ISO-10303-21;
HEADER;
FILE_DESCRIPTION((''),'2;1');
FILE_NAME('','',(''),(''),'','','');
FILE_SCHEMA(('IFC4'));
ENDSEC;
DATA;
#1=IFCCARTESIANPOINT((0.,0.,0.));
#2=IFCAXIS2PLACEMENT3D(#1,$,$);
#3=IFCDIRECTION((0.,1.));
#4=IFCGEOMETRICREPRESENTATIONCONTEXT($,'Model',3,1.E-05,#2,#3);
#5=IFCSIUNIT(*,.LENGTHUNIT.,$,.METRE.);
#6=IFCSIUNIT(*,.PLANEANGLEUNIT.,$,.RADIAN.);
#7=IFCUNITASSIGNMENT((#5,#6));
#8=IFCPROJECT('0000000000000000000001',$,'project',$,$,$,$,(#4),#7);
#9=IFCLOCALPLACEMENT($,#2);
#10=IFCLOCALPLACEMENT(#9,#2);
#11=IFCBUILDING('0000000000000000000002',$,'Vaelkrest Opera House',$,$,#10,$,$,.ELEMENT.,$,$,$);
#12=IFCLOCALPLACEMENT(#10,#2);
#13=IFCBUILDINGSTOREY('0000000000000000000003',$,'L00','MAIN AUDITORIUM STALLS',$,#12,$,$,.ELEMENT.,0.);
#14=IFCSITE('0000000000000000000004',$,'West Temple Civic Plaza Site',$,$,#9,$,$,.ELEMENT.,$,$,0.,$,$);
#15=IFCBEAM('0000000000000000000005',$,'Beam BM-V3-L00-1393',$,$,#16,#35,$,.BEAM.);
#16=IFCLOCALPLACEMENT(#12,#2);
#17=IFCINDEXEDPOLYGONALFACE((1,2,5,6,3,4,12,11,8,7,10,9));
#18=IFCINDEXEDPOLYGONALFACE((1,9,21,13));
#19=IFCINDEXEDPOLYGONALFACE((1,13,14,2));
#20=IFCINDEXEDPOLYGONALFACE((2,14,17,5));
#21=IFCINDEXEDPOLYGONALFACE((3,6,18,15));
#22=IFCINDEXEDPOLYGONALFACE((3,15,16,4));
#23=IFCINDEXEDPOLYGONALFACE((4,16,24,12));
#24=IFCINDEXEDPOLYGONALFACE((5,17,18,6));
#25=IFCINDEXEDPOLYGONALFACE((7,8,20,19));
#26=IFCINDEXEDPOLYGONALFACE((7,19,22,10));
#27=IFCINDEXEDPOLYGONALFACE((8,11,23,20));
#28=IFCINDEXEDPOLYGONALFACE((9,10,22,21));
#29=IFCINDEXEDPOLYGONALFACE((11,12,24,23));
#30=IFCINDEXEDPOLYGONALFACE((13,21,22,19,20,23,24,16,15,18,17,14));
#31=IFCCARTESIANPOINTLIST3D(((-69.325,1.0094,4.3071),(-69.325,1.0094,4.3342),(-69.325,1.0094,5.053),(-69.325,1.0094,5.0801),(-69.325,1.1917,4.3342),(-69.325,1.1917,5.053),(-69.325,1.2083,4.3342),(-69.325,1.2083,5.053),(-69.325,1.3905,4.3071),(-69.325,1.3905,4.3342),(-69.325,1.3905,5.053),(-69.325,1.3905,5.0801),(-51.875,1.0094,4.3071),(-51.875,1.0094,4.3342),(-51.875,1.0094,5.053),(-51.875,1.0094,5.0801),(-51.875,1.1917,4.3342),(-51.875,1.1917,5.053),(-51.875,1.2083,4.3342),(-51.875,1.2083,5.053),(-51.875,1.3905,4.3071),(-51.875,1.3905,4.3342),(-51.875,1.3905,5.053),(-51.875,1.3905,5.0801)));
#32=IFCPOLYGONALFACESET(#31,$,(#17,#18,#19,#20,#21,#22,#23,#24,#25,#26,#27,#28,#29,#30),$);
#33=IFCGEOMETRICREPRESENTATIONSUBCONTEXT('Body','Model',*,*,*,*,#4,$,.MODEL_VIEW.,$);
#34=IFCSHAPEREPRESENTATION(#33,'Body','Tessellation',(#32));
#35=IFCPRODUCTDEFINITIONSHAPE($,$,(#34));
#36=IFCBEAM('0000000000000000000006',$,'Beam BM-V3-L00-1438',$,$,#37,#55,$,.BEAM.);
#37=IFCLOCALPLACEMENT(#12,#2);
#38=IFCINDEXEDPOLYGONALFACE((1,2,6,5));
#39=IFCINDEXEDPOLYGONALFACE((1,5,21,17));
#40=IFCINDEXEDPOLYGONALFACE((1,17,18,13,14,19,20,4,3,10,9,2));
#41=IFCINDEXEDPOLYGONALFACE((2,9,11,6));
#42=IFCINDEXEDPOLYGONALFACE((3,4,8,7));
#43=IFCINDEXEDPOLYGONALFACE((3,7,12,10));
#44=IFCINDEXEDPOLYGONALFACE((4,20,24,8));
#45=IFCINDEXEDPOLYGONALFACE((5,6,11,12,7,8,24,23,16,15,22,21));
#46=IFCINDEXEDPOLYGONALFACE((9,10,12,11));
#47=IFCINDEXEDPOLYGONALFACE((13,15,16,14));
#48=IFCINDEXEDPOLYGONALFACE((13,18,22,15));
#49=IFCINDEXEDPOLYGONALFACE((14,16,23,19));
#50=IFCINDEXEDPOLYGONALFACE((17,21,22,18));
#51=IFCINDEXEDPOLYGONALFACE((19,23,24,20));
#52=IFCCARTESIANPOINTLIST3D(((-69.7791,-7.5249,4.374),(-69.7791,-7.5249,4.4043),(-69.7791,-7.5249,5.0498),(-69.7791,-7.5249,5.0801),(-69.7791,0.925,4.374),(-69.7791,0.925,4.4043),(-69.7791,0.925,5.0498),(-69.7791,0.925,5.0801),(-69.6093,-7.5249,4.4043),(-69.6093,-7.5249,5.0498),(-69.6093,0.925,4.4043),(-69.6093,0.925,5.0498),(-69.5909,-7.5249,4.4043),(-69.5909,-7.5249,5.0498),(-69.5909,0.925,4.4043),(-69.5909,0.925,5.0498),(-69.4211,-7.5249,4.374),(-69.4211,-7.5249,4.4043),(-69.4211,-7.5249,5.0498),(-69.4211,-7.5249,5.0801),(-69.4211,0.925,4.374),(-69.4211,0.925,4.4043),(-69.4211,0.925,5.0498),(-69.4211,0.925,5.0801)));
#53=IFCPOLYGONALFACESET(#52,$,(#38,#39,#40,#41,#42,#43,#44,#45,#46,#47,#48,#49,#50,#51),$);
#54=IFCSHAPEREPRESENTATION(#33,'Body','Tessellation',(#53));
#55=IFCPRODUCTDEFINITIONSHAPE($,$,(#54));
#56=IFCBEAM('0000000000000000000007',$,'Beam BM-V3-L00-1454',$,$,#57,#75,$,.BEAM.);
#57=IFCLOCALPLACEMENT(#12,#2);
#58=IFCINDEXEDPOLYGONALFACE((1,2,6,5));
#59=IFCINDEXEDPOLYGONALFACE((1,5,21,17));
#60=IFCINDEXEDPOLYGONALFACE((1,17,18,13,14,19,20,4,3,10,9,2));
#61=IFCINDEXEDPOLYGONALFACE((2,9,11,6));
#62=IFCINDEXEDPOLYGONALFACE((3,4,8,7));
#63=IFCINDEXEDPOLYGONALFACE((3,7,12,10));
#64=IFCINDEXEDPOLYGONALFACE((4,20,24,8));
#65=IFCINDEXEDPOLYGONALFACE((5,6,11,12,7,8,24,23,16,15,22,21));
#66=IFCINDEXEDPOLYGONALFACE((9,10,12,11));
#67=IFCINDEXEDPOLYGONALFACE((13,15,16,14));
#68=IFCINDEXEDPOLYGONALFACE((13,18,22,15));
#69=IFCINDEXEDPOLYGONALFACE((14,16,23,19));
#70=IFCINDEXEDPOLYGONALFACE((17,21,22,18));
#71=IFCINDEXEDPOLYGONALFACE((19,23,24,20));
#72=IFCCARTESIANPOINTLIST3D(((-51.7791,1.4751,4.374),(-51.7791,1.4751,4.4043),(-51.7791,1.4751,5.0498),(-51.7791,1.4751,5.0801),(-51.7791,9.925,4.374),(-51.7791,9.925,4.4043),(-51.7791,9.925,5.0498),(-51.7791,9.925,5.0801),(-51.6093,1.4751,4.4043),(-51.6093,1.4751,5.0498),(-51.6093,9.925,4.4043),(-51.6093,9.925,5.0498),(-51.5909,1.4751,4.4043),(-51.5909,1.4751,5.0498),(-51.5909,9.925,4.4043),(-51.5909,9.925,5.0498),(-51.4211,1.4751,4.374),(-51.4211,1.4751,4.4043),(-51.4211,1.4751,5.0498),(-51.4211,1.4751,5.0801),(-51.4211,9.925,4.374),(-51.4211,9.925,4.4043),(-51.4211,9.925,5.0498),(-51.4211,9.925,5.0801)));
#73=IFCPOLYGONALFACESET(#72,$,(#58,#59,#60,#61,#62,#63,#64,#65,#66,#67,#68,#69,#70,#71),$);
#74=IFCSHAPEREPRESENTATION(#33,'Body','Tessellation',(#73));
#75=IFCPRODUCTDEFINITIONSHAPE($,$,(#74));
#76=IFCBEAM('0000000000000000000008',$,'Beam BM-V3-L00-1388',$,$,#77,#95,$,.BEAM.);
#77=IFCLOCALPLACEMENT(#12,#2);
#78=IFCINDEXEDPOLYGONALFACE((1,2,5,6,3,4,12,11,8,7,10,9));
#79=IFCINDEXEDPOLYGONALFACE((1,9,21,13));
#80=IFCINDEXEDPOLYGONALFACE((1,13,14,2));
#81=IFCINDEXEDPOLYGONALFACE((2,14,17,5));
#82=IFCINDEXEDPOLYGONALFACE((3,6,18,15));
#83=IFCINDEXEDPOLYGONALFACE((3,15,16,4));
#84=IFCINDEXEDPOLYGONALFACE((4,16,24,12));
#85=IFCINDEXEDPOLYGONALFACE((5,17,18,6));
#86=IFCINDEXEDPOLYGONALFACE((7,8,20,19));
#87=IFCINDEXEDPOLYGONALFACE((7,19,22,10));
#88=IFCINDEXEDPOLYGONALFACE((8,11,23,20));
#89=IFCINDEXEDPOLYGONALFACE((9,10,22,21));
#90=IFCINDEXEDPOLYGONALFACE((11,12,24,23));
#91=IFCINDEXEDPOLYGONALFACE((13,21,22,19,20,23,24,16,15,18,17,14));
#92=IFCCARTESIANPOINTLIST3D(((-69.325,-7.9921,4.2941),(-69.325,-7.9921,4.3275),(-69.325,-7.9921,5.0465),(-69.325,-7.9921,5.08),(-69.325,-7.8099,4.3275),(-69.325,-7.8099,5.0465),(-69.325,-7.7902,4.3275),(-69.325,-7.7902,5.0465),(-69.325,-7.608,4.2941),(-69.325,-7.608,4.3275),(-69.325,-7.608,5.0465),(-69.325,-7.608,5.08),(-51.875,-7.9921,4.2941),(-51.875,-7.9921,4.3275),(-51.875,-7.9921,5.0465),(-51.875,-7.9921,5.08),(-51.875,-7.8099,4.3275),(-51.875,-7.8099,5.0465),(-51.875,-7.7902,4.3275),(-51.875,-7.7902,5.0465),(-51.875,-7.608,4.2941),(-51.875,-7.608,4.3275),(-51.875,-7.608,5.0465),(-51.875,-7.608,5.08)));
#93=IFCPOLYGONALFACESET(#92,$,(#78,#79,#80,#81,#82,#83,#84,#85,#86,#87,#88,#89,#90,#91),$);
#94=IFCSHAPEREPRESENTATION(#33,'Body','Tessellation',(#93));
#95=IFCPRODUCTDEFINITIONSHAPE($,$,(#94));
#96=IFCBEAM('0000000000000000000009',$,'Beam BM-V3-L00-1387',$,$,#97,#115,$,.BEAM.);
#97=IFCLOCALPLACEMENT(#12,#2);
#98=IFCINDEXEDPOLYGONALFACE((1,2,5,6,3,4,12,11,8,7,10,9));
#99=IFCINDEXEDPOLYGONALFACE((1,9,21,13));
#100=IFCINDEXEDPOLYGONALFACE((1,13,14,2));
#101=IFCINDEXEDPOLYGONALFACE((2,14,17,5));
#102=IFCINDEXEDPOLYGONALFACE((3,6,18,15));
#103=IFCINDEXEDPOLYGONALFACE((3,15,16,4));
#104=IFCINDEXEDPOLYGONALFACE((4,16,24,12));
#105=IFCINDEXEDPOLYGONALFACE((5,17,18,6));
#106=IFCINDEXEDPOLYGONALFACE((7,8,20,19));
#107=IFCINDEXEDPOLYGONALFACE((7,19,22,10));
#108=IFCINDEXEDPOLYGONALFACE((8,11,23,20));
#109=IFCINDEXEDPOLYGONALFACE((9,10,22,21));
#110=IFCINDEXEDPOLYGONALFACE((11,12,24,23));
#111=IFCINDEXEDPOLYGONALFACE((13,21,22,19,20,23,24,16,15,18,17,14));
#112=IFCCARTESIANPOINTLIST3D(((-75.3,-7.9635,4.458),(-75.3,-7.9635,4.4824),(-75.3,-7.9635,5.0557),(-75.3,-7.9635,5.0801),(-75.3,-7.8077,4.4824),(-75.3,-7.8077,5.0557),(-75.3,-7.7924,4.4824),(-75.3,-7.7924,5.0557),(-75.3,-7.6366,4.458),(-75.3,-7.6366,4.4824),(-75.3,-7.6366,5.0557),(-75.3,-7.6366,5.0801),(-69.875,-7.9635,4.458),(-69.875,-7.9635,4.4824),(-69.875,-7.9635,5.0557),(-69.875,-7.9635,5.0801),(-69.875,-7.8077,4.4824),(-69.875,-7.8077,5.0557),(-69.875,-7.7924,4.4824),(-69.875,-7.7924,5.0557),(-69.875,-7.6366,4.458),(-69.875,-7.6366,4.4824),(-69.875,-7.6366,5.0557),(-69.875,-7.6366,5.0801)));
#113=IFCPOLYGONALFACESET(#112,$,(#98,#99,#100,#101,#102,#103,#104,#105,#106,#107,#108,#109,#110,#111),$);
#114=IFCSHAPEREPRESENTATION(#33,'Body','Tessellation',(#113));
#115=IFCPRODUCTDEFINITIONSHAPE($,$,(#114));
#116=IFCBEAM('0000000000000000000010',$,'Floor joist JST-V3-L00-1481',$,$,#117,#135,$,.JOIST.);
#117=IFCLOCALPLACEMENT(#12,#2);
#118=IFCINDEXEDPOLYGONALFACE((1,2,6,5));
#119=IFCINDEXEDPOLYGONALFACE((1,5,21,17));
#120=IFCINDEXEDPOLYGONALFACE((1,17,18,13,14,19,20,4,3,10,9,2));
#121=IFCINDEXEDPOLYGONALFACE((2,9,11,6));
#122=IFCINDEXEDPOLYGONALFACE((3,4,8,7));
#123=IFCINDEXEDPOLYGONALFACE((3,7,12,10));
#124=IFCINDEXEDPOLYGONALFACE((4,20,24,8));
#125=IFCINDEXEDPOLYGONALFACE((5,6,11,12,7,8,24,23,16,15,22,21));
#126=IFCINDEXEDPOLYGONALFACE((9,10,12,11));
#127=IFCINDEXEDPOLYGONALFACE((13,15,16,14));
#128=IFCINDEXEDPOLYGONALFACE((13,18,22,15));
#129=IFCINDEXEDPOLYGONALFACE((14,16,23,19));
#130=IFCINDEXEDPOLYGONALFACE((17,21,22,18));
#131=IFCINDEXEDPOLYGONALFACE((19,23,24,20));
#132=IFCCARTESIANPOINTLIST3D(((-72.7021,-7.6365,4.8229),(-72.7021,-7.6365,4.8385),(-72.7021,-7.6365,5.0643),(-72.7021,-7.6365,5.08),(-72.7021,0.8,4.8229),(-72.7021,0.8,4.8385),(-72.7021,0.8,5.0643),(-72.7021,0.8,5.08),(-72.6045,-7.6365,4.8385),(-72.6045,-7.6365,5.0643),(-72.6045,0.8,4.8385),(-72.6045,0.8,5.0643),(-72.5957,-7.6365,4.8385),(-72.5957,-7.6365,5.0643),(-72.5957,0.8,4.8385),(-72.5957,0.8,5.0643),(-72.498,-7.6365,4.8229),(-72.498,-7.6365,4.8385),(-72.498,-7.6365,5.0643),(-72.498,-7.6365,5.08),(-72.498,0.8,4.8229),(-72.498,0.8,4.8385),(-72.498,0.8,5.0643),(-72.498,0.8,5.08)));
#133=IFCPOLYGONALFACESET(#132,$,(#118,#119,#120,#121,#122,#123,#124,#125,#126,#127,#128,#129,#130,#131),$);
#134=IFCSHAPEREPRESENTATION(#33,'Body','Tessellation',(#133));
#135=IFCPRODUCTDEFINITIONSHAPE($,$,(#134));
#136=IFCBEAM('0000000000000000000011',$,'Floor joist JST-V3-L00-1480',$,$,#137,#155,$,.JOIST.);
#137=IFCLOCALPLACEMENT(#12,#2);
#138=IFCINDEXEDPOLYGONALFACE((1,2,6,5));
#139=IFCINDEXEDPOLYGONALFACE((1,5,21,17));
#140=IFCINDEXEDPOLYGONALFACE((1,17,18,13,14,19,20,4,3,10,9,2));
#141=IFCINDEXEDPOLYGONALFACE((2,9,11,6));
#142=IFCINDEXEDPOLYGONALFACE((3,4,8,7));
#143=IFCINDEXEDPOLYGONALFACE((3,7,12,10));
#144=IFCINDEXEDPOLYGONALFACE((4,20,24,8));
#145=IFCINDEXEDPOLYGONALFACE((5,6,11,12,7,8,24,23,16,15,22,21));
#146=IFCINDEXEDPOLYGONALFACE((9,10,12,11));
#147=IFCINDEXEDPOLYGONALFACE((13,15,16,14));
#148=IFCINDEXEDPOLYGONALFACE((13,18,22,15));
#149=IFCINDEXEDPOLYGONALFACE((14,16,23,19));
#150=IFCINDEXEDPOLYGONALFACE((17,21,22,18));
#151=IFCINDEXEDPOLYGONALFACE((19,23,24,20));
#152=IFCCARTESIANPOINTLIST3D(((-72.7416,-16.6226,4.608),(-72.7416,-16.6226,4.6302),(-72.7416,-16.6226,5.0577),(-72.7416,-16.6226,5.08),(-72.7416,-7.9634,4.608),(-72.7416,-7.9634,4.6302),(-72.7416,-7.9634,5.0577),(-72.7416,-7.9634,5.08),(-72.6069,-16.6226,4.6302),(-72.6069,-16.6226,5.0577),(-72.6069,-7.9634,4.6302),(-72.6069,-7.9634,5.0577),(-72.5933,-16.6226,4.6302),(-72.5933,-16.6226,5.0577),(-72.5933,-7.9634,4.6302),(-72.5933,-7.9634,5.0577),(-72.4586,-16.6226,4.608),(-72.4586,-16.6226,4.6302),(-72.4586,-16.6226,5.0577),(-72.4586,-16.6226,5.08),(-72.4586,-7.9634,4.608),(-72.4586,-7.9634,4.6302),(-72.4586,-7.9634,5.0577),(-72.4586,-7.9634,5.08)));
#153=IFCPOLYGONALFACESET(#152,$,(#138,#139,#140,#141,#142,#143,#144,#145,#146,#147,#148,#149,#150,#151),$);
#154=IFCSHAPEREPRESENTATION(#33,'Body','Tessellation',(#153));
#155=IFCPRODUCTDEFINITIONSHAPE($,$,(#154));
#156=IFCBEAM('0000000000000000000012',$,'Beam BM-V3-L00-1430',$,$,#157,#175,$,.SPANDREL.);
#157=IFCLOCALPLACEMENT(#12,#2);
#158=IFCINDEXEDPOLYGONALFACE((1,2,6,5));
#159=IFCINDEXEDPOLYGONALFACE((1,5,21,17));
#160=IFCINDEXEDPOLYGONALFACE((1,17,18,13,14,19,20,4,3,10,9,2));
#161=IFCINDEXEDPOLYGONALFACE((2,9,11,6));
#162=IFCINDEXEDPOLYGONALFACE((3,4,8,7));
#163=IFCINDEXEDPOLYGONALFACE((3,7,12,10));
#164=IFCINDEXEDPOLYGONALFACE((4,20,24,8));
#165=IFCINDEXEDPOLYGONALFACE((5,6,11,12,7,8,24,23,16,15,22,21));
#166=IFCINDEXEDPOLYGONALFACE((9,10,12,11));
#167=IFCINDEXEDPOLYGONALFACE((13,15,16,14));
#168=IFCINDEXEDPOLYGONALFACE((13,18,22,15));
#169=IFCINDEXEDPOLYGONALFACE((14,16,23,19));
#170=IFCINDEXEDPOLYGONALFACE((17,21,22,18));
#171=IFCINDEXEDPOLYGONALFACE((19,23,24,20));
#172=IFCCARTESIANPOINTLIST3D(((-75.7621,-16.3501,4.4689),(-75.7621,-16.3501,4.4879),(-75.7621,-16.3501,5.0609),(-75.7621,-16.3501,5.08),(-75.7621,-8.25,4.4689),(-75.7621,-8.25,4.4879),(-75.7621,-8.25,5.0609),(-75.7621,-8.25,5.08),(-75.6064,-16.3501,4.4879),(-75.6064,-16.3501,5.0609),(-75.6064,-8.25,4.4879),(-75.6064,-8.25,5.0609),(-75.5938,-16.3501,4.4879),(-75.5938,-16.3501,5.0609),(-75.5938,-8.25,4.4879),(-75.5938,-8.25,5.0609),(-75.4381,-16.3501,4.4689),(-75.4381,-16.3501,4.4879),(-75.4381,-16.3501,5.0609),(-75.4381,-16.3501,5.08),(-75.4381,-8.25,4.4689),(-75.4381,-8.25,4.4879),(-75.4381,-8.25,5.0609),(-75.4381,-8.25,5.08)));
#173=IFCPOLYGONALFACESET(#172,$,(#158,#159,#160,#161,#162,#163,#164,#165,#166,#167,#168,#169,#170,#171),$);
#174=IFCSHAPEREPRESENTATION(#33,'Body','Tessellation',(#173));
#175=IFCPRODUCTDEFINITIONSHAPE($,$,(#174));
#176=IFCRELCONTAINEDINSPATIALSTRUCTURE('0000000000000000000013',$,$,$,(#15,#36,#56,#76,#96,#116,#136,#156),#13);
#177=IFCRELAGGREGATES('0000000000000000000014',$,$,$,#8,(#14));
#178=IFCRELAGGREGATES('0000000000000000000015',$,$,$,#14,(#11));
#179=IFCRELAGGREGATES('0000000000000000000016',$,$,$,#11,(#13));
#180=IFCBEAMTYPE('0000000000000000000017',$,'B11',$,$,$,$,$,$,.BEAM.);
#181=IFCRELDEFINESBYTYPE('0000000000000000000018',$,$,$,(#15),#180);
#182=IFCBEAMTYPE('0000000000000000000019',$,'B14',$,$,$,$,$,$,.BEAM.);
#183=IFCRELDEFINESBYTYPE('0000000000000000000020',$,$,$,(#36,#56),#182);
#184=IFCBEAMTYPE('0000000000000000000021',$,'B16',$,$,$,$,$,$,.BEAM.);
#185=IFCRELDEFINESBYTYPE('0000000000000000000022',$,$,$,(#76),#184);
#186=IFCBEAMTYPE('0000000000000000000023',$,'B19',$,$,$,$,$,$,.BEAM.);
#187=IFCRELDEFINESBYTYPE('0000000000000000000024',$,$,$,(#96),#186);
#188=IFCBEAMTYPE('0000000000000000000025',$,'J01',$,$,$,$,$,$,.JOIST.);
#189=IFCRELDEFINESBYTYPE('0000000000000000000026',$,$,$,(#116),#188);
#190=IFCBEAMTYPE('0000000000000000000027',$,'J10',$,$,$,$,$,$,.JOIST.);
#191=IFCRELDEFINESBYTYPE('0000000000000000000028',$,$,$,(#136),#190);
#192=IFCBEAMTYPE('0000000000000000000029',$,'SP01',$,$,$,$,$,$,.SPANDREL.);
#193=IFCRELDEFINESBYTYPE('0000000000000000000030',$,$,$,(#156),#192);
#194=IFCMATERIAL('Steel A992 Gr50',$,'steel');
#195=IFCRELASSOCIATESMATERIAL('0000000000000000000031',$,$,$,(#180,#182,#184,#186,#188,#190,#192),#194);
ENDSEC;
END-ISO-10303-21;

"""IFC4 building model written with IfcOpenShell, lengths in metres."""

from ifc_helpers import new_model, si_unit, direction, frame, origin, origin_2d, place, context, subcontext, project, spatial, i_section, extrude, material, material_profile, profile_set, type_object, element, save


model = new_model("IFC4")

# Units and contexts
model_context = context("Model", 3, precision=1e-05, world=origin(), true_north=direction((0.0, 1.0)))
body_context = subcontext(model_context, "Body", "Model", "MODEL_VIEW")
ifc_project = project(units=[si_unit("LENGTHUNIT", "METRE"), si_unit("PLANEANGLEUNIT", "RADIAN")], contexts=[model_context])

# Site, building, storey
site_placement = place(None, origin())
site = spatial("IfcSite", under=ifc_project, at=site_placement, Name="West Temple Civic Plaza Site", CompositionType="ELEMENT", RefElevation=0.0)
building_placement = place(site_placement, origin())
building = spatial("IfcBuilding", under=site, at=building_placement, Name="Vaelkrest Opera House", CompositionType="ELEMENT")
storey_placement = place(building_placement, origin())
storey = spatial("IfcBuildingStorey", under=building, at=storey_placement, Name="L00", Description="MAIN AUDITORIUM STALLS", CompositionType="ELEMENT", Elevation=0.0)

# Beams
ifc_material_1 = material(Name="Steel A992 Gr50", Category="steel")
ifc_material_profile_1 = material_profile(ifc_material_1, i_section(OverallWidth=0.3811, OverallDepth=0.7729, WebThickness=0.0166, FlangeThickness=0.0271, at=origin_2d()), Name="W30X173")
ifc_profile_set_1 = profile_set([ifc_material_profile_1], Name="Steel A992 Gr50")
beam_type_1 = type_object("IfcBeamType", Name="B11", PredefinedType="BEAM", material=ifc_profile_set_1)
beam_1_placement = place(storey_placement, frame((-69.325, 1.2, 4.6936), z_axis=(1.0, 0.0, 0.0), x_axis=(0.0, 1.0, 0.0)))
element("IfcBeam", 1, at=beam_1_placement, inside=storey, type_object=beam_type_1, Name="Beam BM-V3-L00-1393", PredefinedType="BEAM", context=body_context, shape_type="SweptSolid", body=[
    extrude(i_section(OverallWidth=0.3811, OverallDepth=0.7729, WebThickness=0.0166, FlangeThickness=0.0271, at=origin_2d()), origin(), (0.0, 0.0, 1.0), 17.45),
])
ifc_material_profile_2 = material_profile(ifc_material_1, i_section(OverallWidth=0.3579, OverallDepth=0.7061, WebThickness=0.0183, FlangeThickness=0.0303, at=origin_2d()), Name="W27X178")
ifc_profile_set_2 = profile_set([ifc_material_profile_2], Name="Steel A992 Gr50")
beam_type_2 = type_object("IfcBeamType", Name="B14", PredefinedType="BEAM", material=ifc_profile_set_2)
for number, where, z_axis, x_axis, name in (
    (2, (-69.6001, -7.5249, 4.7271), (0.0, 1.0, 0.0), (-1.0, 0.0, 0.0), "Beam BM-V3-L00-1438"),
    (3, (-51.6001, 1.4751, 4.7271), (0.0, 1.0, 0.0), (-1.0, 0.0, 0.0), "Beam BM-V3-L00-1454"),
):
    element("IfcBeam", number, at=place(storey_placement, frame(where, z_axis=z_axis, x_axis=x_axis)), inside=storey, type_object=beam_type_2, Name=name, PredefinedType="BEAM", context=body_context, shape_type="SweptSolid", body=[
        extrude(i_section(OverallWidth=0.3579, OverallDepth=0.7061, WebThickness=0.0183, FlangeThickness=0.0303, at=origin_2d()), origin(), (0.0, 0.0, 1.0), 8.45),
    ])
ifc_material_profile_3 = material_profile(ifc_material_1, i_section(OverallWidth=0.384, OverallDepth=0.7859, WebThickness=0.0198, FlangeThickness=0.0334, at=origin_2d()), Name="W30X211")
ifc_profile_set_3 = profile_set([ifc_material_profile_3], Name="Steel A992 Gr50")
beam_type_3 = type_object("IfcBeamType", Name="B16", PredefinedType="BEAM", material=ifc_profile_set_3)
beam_2_placement = place(storey_placement, frame((-69.325, -7.8, 4.687), z_axis=(1.0, 0.0, 0.0), x_axis=(0.0, 1.0, 0.0)))
element("IfcBeam", 4, at=beam_2_placement, inside=storey, type_object=beam_type_3, Name="Beam BM-V3-L00-1388", PredefinedType="BEAM", context=body_context, shape_type="SweptSolid", body=[
    extrude(i_section(OverallWidth=0.384, OverallDepth=0.7859, WebThickness=0.0198, FlangeThickness=0.0334, at=origin_2d()), origin(), (0.0, 0.0, 1.0), 17.45),
])
ifc_material_profile_4 = material_profile(ifc_material_1, i_section(OverallWidth=0.3269, OverallDepth=0.6221, WebThickness=0.0154, FlangeThickness=0.0244, at=origin_2d()), Name="W24X131")
ifc_profile_set_4 = profile_set([ifc_material_profile_4], Name="Steel A992 Gr50")
beam_type_4 = type_object("IfcBeamType", Name="B19", PredefinedType="BEAM", material=ifc_profile_set_4)
beam_3_placement = place(storey_placement, frame((-75.3, -7.8, 4.769), z_axis=(1.0, 0.0, 0.0), x_axis=(0.0, 1.0, 0.0)))
element("IfcBeam", 5, at=beam_3_placement, inside=storey, type_object=beam_type_4, Name="Beam BM-V3-L00-1387", PredefinedType="BEAM", context=body_context, shape_type="SweptSolid", body=[
    extrude(i_section(OverallWidth=0.3269, OverallDepth=0.6221, WebThickness=0.0154, FlangeThickness=0.0244, at=origin_2d()), origin(), (0.0, 0.0, 1.0), 5.425),
])
ifc_material_profile_5 = material_profile(ifc_material_1, i_section(OverallWidth=0.2041, OverallDepth=0.2571, WebThickness=0.0088, FlangeThickness=0.0156, at=origin_2d()), Name="W10X45")
ifc_profile_set_5 = profile_set([ifc_material_profile_5], Name="Steel A992 Gr50")
beam_type_5 = type_object("IfcBeamType", Name="J01", PredefinedType="JOIST", material=ifc_profile_set_5)
beam_4_placement = place(storey_placement, frame((-72.6001, -7.6365, 4.9514), z_axis=(0.0, 1.0, 0.0), x_axis=(-1.0, 0.0, 0.0)))
element("IfcBeam", 6, at=beam_4_placement, inside=storey, type_object=beam_type_5, Name="Floor joist JST-V3-L00-1481", PredefinedType="JOIST", context=body_context, shape_type="SweptSolid", body=[
    extrude(i_section(OverallWidth=0.2041, OverallDepth=0.2571, WebThickness=0.0088, FlangeThickness=0.0156, at=origin_2d()), origin(), (0.0, 0.0, 1.0), 8.4365),
])
ifc_material_profile_6 = material_profile(ifc_material_1, i_section(OverallWidth=0.283, OverallDepth=0.4719, WebThickness=0.0137, FlangeThickness=0.0222, at=origin_2d()), Name="W18X97")
ifc_profile_set_6 = profile_set([ifc_material_profile_6], Name="Steel A992 Gr50")
beam_type_6 = type_object("IfcBeamType", Name="J10", PredefinedType="JOIST", material=ifc_profile_set_6)
beam_5_placement = place(storey_placement, frame((-72.6001, -16.6226, 4.844), z_axis=(0.0, 1.0, 0.0), x_axis=(-1.0, 0.0, 0.0)))
element("IfcBeam", 7, at=beam_5_placement, inside=storey, type_object=beam_type_6, Name="Floor joist JST-V3-L00-1480", PredefinedType="JOIST", context=body_context, shape_type="SweptSolid", body=[
    extrude(i_section(OverallWidth=0.283, OverallDepth=0.4719, WebThickness=0.0137, FlangeThickness=0.0222, at=origin_2d()), origin(), (0.0, 0.0, 1.0), 8.6592),
])
ifc_material_profile_7 = material_profile(ifc_material_1, i_section(OverallWidth=0.324, OverallDepth=0.6111, WebThickness=0.0127, FlangeThickness=0.019, at=origin_2d()), Name="W24X104")
ifc_profile_set_7 = profile_set([ifc_material_profile_7], Name="Steel A992 Gr50")
beam_type_7 = type_object("IfcBeamType", Name="SP01", PredefinedType="SPANDREL", material=ifc_profile_set_7)
for number, where, z_axis, x_axis, name in (
    (8, (-75.6001, -16.3501, 4.7744), (0.0, 1.0, 0.0), (-1.0, 0.0, 0.0), "Beam BM-V3-L00-1430"),
):
    element("IfcBeam", number, at=place(storey_placement, frame(where, z_axis=z_axis, x_axis=x_axis)), inside=storey, type_object=beam_type_7, Name=name, PredefinedType="SPANDREL", context=body_context, shape_type="SweptSolid", body=[
        extrude(i_section(OverallWidth=0.324, OverallDepth=0.6111, WebThickness=0.0127, FlangeThickness=0.019, at=origin_2d()), origin(), (0.0, 0.0, 1.0), 8.1001),
    ])

save(model, "model.ifc")
